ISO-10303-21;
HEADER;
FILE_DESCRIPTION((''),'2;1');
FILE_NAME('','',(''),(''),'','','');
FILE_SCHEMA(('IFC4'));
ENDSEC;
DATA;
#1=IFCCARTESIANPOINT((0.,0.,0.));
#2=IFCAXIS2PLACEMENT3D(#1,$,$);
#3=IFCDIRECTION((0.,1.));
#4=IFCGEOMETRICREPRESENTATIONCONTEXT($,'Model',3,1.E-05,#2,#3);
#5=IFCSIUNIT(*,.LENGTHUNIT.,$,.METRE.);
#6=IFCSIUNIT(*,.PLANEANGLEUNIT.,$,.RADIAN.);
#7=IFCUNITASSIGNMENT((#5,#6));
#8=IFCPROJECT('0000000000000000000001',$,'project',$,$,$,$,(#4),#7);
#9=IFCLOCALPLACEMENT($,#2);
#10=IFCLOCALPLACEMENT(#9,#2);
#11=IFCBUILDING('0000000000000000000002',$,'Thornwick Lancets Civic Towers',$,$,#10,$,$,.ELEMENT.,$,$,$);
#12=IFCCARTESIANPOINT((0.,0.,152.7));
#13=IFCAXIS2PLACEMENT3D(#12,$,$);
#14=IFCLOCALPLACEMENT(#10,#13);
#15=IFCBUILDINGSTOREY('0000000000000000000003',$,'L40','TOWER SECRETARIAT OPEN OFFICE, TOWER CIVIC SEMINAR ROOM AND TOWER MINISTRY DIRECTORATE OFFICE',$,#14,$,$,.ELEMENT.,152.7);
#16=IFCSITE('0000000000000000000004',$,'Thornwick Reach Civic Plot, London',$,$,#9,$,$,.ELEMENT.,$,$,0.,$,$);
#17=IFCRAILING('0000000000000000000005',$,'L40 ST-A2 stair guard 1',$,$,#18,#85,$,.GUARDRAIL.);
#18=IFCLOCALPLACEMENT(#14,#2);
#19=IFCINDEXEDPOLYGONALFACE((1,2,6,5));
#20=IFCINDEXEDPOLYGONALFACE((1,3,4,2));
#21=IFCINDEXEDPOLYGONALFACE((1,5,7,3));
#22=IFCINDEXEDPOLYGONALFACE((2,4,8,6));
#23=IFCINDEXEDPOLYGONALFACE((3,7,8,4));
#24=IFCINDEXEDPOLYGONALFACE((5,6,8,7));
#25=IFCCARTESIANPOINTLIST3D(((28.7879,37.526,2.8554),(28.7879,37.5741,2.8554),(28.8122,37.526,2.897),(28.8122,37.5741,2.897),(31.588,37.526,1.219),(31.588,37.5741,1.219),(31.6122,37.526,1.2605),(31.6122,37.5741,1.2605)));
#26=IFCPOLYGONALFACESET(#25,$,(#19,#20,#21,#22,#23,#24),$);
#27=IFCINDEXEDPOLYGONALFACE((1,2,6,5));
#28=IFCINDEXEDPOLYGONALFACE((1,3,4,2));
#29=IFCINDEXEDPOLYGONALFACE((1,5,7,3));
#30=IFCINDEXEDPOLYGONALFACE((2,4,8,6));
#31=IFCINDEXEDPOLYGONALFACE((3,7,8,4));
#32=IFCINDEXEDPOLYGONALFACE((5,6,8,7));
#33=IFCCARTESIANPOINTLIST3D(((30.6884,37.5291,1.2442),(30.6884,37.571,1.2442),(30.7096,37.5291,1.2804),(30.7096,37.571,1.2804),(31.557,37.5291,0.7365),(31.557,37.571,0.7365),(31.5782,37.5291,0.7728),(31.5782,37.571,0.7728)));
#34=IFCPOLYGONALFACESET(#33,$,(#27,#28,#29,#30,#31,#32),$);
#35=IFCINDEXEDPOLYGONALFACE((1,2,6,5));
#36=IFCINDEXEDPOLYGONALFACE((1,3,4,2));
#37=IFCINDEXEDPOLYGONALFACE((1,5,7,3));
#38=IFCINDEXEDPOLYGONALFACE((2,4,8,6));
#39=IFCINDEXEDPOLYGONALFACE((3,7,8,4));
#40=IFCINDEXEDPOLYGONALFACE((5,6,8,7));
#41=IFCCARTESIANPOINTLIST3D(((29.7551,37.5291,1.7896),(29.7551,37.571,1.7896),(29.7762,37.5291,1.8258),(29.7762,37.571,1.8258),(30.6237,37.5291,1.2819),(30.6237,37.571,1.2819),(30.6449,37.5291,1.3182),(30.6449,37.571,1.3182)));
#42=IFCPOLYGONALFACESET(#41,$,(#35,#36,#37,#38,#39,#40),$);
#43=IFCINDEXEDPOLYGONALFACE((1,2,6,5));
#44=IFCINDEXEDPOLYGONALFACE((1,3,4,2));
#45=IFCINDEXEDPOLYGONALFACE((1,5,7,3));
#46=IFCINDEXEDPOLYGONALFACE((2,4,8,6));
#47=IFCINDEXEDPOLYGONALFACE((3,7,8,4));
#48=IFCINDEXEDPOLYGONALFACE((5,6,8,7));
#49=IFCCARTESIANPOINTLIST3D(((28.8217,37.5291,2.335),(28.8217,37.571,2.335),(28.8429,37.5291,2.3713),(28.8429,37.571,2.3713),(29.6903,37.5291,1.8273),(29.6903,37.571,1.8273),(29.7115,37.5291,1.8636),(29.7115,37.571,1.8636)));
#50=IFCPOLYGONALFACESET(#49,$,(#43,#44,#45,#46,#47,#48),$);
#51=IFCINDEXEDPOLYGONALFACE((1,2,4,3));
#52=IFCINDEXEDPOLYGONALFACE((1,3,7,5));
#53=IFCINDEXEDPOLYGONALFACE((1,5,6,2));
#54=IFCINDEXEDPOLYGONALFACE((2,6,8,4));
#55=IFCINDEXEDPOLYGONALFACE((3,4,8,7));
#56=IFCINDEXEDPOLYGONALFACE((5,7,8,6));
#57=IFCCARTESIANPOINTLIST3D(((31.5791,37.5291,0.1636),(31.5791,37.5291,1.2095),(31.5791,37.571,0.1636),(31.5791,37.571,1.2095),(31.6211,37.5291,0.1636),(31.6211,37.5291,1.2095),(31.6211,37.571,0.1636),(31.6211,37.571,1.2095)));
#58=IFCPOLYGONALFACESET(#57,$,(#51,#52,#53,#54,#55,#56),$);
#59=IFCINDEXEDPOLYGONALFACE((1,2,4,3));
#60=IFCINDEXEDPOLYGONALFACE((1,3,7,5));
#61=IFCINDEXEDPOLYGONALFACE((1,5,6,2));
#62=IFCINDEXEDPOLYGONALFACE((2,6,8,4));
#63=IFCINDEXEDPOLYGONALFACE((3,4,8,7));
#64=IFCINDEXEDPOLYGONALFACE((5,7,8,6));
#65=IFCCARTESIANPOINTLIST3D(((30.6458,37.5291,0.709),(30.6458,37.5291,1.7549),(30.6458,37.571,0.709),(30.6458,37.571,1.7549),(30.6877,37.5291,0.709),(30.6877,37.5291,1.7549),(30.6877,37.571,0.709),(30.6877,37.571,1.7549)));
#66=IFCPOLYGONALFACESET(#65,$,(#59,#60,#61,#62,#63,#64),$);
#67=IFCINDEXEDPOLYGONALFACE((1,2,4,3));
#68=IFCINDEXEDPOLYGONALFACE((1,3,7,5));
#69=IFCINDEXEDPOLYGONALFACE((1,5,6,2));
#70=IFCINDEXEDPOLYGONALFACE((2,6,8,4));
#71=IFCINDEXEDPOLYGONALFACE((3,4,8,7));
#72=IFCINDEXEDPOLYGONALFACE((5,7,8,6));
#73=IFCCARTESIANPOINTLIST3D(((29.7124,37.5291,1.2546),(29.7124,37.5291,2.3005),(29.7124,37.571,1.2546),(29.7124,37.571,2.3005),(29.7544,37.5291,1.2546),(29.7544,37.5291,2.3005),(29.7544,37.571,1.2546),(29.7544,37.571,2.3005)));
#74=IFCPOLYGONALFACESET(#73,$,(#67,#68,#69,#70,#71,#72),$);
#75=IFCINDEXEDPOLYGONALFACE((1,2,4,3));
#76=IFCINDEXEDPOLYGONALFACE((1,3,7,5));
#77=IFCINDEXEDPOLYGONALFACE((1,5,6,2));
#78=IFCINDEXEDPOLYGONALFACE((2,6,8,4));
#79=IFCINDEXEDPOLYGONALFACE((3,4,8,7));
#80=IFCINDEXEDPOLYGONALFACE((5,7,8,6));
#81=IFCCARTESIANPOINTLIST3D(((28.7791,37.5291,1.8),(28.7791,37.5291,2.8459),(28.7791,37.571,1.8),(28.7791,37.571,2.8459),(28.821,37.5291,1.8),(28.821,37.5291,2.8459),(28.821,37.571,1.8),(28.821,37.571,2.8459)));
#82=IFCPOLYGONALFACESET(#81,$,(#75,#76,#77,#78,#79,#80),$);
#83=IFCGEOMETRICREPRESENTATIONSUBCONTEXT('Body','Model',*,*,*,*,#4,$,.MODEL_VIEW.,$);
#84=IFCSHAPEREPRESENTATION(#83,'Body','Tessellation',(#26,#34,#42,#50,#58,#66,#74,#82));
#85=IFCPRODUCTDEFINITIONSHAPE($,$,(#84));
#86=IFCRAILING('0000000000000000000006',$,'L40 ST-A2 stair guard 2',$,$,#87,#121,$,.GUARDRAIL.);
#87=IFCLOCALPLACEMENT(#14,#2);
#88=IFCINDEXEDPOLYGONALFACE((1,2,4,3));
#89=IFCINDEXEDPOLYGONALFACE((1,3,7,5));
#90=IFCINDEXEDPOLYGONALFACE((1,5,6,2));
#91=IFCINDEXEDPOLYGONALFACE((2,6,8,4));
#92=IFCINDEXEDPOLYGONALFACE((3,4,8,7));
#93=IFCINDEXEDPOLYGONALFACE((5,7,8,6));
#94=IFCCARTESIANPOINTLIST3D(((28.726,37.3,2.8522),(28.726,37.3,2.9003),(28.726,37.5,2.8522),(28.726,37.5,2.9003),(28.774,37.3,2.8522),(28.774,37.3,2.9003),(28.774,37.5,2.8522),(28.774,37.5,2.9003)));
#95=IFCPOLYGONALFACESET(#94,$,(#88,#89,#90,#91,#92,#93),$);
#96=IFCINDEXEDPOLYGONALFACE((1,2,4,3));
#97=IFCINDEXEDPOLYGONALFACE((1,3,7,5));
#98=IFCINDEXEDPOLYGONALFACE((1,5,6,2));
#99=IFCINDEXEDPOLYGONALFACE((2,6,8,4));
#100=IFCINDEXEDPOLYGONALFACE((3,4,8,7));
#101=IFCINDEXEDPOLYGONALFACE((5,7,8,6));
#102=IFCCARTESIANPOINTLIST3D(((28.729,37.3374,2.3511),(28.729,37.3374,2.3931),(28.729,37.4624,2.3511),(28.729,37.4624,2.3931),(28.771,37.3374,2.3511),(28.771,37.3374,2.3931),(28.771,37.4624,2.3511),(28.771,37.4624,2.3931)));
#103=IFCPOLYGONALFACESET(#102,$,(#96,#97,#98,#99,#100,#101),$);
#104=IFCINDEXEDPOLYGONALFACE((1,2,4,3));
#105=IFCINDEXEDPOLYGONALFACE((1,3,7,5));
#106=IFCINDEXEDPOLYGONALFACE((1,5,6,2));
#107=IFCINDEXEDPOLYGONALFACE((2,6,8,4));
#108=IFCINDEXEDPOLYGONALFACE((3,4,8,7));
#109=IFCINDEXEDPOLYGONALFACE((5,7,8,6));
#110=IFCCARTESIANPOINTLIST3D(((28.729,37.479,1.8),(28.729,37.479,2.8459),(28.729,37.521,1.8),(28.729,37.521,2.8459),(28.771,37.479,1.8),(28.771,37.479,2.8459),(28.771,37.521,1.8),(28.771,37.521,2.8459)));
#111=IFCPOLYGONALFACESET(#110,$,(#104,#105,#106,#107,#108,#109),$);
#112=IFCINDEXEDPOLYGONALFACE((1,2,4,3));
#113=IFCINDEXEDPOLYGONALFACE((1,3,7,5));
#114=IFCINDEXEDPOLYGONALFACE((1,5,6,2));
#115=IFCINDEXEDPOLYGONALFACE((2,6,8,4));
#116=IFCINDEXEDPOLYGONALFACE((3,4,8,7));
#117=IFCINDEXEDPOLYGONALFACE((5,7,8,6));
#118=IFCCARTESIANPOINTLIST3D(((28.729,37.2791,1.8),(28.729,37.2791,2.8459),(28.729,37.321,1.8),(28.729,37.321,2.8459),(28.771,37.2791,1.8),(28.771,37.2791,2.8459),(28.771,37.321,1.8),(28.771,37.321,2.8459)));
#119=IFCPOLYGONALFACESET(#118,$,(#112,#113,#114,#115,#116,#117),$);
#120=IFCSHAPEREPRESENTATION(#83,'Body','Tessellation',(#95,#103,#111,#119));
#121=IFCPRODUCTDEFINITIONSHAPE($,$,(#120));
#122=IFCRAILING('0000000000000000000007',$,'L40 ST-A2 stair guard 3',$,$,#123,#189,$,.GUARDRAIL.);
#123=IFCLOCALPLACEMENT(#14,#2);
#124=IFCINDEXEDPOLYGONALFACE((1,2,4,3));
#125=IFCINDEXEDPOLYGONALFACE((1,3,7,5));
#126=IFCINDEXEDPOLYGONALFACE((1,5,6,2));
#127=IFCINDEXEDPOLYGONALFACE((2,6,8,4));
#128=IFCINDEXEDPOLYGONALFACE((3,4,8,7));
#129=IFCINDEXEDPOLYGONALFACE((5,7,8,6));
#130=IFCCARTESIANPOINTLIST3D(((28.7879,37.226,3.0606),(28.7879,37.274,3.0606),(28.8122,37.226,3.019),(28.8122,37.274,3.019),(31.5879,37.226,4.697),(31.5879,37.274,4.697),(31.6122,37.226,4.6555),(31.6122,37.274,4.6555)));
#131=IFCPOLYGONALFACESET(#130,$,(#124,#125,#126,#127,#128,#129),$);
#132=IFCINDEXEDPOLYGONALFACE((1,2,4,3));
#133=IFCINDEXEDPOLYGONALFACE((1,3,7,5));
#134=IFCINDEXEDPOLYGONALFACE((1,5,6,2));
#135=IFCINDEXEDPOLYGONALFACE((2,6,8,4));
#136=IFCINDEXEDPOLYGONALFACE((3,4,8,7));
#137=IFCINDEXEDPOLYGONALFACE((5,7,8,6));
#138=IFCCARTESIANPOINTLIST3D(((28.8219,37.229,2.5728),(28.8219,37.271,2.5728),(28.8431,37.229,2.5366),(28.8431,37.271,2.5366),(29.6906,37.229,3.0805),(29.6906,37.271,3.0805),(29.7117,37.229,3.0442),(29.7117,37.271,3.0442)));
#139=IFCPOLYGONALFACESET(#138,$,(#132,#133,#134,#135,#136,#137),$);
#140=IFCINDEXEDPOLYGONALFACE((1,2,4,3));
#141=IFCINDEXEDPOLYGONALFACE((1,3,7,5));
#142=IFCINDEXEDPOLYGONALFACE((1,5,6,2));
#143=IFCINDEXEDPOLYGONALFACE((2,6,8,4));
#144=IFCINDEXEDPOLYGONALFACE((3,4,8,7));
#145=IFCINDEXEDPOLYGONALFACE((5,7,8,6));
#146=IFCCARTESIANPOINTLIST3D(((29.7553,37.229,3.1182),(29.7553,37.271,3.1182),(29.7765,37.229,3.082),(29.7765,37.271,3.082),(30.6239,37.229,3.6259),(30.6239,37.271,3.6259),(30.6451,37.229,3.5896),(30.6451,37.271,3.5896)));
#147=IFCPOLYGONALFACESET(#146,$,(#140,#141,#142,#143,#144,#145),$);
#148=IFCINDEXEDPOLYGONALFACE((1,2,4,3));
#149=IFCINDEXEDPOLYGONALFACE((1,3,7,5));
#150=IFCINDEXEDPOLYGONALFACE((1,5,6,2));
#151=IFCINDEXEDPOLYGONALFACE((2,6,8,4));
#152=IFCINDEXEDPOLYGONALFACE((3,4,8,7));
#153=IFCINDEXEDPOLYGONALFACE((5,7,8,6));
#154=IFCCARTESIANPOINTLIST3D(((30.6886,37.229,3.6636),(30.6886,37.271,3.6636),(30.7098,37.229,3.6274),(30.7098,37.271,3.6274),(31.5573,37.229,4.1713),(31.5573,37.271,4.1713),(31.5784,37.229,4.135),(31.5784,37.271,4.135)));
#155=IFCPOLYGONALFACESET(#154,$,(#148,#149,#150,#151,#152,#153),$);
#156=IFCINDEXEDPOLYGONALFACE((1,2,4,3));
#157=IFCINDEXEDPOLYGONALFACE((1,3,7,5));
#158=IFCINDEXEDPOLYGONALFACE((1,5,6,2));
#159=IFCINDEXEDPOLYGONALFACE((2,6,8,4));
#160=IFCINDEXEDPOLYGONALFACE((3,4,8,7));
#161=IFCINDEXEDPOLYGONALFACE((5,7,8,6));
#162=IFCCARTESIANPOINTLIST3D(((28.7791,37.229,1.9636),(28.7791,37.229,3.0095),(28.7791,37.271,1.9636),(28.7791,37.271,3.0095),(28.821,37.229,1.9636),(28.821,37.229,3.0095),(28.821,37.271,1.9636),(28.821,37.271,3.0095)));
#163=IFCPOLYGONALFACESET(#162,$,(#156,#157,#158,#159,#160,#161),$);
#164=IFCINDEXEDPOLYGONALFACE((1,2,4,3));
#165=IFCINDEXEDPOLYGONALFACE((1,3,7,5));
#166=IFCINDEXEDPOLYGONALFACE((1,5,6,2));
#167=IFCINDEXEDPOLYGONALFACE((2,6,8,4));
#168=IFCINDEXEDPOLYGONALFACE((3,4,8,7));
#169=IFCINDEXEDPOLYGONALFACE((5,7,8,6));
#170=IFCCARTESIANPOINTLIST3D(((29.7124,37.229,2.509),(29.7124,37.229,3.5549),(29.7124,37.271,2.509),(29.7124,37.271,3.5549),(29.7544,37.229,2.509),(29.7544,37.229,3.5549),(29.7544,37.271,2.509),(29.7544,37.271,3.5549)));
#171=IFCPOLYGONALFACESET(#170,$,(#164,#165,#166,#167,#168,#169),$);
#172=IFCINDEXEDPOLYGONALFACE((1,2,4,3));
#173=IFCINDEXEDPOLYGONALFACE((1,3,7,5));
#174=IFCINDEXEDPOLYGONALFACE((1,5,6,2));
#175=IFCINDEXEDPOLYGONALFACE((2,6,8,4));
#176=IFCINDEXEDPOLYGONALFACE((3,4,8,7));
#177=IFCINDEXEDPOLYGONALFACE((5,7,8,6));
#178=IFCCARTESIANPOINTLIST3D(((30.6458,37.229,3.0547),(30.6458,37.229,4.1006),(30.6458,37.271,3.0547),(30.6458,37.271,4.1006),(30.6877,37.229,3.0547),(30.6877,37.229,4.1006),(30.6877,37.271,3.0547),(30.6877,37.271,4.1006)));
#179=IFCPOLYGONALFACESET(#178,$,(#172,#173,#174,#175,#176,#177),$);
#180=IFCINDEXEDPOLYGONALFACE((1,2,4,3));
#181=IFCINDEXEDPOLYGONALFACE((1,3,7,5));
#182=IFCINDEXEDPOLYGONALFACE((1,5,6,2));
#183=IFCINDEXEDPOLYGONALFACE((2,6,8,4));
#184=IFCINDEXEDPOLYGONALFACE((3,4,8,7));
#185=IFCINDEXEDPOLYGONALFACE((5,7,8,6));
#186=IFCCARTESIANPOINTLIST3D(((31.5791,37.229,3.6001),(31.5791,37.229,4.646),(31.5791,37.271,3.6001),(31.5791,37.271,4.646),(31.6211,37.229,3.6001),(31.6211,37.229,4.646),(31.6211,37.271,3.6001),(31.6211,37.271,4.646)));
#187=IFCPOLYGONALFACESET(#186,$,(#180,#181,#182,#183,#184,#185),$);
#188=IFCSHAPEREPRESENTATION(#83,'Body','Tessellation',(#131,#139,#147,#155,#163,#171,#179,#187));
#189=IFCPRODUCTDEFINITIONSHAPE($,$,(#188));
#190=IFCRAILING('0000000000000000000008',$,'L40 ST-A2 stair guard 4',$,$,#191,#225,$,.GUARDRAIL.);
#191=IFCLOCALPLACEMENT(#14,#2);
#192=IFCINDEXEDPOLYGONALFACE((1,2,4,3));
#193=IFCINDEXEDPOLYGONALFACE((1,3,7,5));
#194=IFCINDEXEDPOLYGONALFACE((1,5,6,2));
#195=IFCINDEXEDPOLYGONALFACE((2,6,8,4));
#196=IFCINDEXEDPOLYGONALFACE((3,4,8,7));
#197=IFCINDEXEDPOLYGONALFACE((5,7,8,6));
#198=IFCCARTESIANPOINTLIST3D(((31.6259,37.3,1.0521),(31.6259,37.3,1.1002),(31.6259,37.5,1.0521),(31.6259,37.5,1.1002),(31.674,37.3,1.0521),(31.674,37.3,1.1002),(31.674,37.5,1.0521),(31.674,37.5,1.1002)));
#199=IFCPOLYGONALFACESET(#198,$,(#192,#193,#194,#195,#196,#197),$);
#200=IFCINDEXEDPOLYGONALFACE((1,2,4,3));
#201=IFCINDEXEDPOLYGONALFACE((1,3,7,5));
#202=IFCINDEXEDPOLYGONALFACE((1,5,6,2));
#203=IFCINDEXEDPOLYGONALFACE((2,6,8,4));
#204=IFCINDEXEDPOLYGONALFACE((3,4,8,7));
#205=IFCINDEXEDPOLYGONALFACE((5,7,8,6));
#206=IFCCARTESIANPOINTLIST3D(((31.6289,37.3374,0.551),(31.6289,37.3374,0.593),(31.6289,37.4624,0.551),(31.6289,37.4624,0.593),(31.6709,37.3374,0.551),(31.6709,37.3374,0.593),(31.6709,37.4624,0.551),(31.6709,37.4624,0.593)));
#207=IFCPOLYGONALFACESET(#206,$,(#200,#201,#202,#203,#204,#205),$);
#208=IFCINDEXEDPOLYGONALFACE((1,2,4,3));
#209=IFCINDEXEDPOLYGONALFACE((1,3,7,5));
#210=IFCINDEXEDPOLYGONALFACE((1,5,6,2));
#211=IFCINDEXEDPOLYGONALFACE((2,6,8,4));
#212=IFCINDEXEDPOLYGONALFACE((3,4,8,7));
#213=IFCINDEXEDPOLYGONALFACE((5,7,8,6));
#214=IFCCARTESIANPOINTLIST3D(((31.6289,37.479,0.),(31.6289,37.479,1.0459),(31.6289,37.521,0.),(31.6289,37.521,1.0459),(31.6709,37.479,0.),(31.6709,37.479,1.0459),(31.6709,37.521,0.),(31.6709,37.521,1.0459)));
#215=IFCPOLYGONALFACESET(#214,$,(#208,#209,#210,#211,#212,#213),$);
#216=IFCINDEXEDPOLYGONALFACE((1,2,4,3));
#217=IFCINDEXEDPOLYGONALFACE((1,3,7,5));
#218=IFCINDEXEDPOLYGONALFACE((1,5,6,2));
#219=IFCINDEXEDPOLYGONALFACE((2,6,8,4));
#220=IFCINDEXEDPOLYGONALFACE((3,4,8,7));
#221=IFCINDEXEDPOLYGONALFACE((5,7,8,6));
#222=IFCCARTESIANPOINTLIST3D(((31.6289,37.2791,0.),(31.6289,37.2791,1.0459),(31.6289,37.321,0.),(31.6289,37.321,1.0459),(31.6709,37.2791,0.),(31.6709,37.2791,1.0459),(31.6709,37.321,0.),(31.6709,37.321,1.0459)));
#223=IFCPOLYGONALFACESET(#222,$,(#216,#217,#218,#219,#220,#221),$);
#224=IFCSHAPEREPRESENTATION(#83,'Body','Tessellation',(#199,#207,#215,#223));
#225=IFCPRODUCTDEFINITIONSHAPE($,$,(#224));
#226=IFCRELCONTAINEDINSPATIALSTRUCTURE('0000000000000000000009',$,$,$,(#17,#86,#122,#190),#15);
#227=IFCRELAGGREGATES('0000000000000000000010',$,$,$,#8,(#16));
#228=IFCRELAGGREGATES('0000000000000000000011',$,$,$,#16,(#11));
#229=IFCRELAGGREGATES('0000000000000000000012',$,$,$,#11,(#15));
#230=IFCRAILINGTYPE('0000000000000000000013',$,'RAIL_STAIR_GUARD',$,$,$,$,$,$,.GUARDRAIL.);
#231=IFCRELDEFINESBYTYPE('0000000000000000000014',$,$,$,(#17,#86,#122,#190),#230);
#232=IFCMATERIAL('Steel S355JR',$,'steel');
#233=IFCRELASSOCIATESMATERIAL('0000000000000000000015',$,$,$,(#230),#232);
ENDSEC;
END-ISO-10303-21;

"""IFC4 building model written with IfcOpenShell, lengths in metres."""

from ifc_helpers import new_model, si_unit, direction, frame, origin, origin_2d, place, context, subcontext, project, spatial, rectangle, extrude, material, type_object, element, save


model = new_model("IFC4")

# Units and contexts
model_context = context("Model", 3, precision=1e-05, world=origin(), true_north=direction((0.0, 1.0)))
body_context = subcontext(model_context, "Body", "Model", "MODEL_VIEW")
ifc_project = project(units=[si_unit("LENGTHUNIT", "METRE"), si_unit("PLANEANGLEUNIT", "RADIAN")], contexts=[model_context])

# Site, building, storey
site_placement = place(None, origin())
site = spatial("IfcSite", under=ifc_project, at=site_placement, Name="Thornwick Reach Civic Plot, London", CompositionType="ELEMENT", RefElevation=0.0)
building_placement = place(site_placement, origin())
building = spatial("IfcBuilding", under=site, at=building_placement, Name="Thornwick Lancets Civic Towers", CompositionType="ELEMENT")
storey_placement = place(building_placement, frame((0.0, 0.0, 152.7)))
storey = spatial("IfcBuildingStorey", under=building, at=storey_placement, Name="L40", Description="TOWER SECRETARIAT OPEN OFFICE, TOWER CIVIC SEMINAR ROOM AND TOWER MINISTRY DIRECTORATE OFFICE", CompositionType="ELEMENT", Elevation=152.7)

# Shared definitions
ifc_material_1 = material(Name="Steel S355JR", Category="steel")

# Railings
railing_type_1 = type_object("IfcRailingType", Name="RAIL_STAIR_GUARD", PredefinedType="GUARDRAIL", material=ifc_material_1)
railing_1_placement = place(storey_placement, frame((31.6001, 37.55, 0.1636)))
element("IfcRailing", 1, at=railing_1_placement, inside=storey, type_object=railing_type_1, Name="L40 ST-A2 stair guard 1", PredefinedType="GUARDRAIL", context=body_context, shape_type="SweptSolid", body=[
    extrude(rectangle(XDim=0.0481, YDim=0.0481, at=origin_2d()), frame((0.0, 0.0, 1.0762), z_axis=(-0.863361, 0.0, 0.504587), x_axis=(0.0, -1.0, 0.0)), (0.0, 0.0, 1.0), 3.2432),
    extrude(rectangle(XDim=0.042, YDim=0.042, at=origin_2d()), frame((-0.0325, 0.0, 0.5911), z_axis=(-0.863361, 0.0, 0.504587), x_axis=(0.0, -1.0, 0.0)), (0.0, 0.0, 1.0), 1.0061),
    extrude(rectangle(XDim=0.042, YDim=0.042, at=origin_2d()), frame((-0.9658, 0.0, 1.1365), z_axis=(-0.863361, 0.0, 0.504587), x_axis=(0.0, -1.0, 0.0)), (0.0, 0.0, 1.0), 1.0061),
    extrude(rectangle(XDim=0.042, YDim=0.042, at=origin_2d()), frame((-1.8992, 0.0, 1.6819), z_axis=(-0.863361, 0.0, 0.504587), x_axis=(0.0, -1.0, 0.0)), (0.0, 0.0, 1.0), 1.0061),
    extrude(rectangle(XDim=0.042, YDim=0.042, at=origin_2d()), origin(), (0.0, 0.0, 1.0), 1.0459),
    extrude(rectangle(XDim=0.042, YDim=0.042, at=origin_2d()), frame((-0.9333, 0.0, 0.5454)), (0.0, 0.0, 1.0), 1.0459),
    extrude(rectangle(XDim=0.042, YDim=0.042, at=origin_2d()), frame((-1.8667, 0.0, 1.0911)), (0.0, 0.0, 1.0), 1.0459),
    extrude(rectangle(XDim=0.042, YDim=0.042, at=origin_2d()), frame((-2.8, 0.0, 1.6365)), (0.0, 0.0, 1.0), 1.0459),
])
railing_2_placement = place(storey_placement, frame((28.75, 37.5, 1.8)))
element("IfcRailing", 2, at=railing_2_placement, inside=storey, type_object=railing_type_1, Name="L40 ST-A2 stair guard 2", PredefinedType="GUARDRAIL", context=body_context, shape_type="SweptSolid", body=[
    extrude(rectangle(XDim=0.0481, YDim=0.0481, at=origin_2d()), frame((0.0, 0.0, 1.0762), z_axis=(0.0, -1.0, 0.0), x_axis=(1.0, 0.0, 0.0)), (0.0, 0.0, 1.0), 0.2),
    extrude(rectangle(XDim=0.042, YDim=0.042, at=origin_2d()), frame((0.0, -0.0376, 0.572), z_axis=(0.0, -1.0, 0.0), x_axis=(1.0, 0.0, 0.0)), (0.0, 0.0, 1.0), 0.125),
    extrude(rectangle(XDim=0.042, YDim=0.042, at=origin_2d()), origin(), (0.0, 0.0, 1.0), 1.0459),
    extrude(rectangle(XDim=0.042, YDim=0.042, at=origin_2d()), frame((0.0, -0.2, 0.0)), (0.0, 0.0, 1.0), 1.0459),
])
railing_3_placement = place(storey_placement, frame((28.8, 37.25, 1.9636)))
element("IfcRailing", 3, at=railing_3_placement, inside=storey, type_object=railing_type_1, Name="L40 ST-A2 stair guard 3", PredefinedType="GUARDRAIL", context=body_context, shape_type="SweptSolid", body=[
    extrude(rectangle(XDim=0.0481, YDim=0.0481, at=origin_2d()), frame((0.0, 0.0, 1.0762), z_axis=(0.863361, 0.0, 0.504587), x_axis=(0.0, 1.0, 0.0)), (0.0, 0.0, 1.0), 3.2432),
    extrude(rectangle(XDim=0.042, YDim=0.042, at=origin_2d()), frame((0.0325, 0.0, 0.5911), z_axis=(0.863361, 0.0, 0.504587), x_axis=(0.0, 1.0, 0.0)), (0.0, 0.0, 1.0), 1.0061),
    extrude(rectangle(XDim=0.042, YDim=0.042, at=origin_2d()), frame((0.9658, 0.0, 1.1365), z_axis=(0.863361, 0.0, 0.504587), x_axis=(0.0, 1.0, 0.0)), (0.0, 0.0, 1.0), 1.0061),
    extrude(rectangle(XDim=0.042, YDim=0.042, at=origin_2d()), frame((1.8992, 0.0, 1.6819), z_axis=(0.863361, 0.0, 0.504587), x_axis=(0.0, 1.0, 0.0)), (0.0, 0.0, 1.0), 1.0061),
    extrude(rectangle(XDim=0.042, YDim=0.042, at=origin_2d()), origin(), (0.0, 0.0, 1.0), 1.0459),
    extrude(rectangle(XDim=0.042, YDim=0.042, at=origin_2d()), frame((0.9333, 0.0, 0.5454)), (0.0, 0.0, 1.0), 1.0459),
    extrude(rectangle(XDim=0.042, YDim=0.042, at=origin_2d()), frame((1.8667, 0.0, 1.0911)), (0.0, 0.0, 1.0), 1.0459),
    extrude(rectangle(XDim=0.042, YDim=0.042, at=origin_2d()), frame((2.8, 0.0, 1.6365)), (0.0, 0.0, 1.0), 1.0459),
])
railing_4_placement = place(storey_placement, frame((31.6499, 37.5, 0.0)))
element("IfcRailing", 4, at=railing_4_placement, inside=storey, type_object=railing_type_1, Name="L40 ST-A2 stair guard 4", PredefinedType="GUARDRAIL", context=body_context, shape_type="SweptSolid", body=[
    extrude(rectangle(XDim=0.0481, YDim=0.0481, at=origin_2d()), frame((0.0, 0.0, 1.0762), z_axis=(0.0, -1.0, 0.0), x_axis=(1.0, 0.0, 0.0)), (0.0, 0.0, 1.0), 0.2),
    extrude(rectangle(XDim=0.042, YDim=0.042, at=origin_2d()), frame((0.0, -0.0376, 0.572), z_axis=(0.0, -1.0, 0.0), x_axis=(1.0, 0.0, 0.0)), (0.0, 0.0, 1.0), 0.125),
    extrude(rectangle(XDim=0.042, YDim=0.042, at=origin_2d()), origin(), (0.0, 0.0, 1.0), 1.0459),
    extrude(rectangle(XDim=0.042, YDim=0.042, at=origin_2d()), frame((0.0, -0.2, 0.0)), (0.0, 0.0, 1.0), 1.0459),
])

save(model, "model.ifc")
